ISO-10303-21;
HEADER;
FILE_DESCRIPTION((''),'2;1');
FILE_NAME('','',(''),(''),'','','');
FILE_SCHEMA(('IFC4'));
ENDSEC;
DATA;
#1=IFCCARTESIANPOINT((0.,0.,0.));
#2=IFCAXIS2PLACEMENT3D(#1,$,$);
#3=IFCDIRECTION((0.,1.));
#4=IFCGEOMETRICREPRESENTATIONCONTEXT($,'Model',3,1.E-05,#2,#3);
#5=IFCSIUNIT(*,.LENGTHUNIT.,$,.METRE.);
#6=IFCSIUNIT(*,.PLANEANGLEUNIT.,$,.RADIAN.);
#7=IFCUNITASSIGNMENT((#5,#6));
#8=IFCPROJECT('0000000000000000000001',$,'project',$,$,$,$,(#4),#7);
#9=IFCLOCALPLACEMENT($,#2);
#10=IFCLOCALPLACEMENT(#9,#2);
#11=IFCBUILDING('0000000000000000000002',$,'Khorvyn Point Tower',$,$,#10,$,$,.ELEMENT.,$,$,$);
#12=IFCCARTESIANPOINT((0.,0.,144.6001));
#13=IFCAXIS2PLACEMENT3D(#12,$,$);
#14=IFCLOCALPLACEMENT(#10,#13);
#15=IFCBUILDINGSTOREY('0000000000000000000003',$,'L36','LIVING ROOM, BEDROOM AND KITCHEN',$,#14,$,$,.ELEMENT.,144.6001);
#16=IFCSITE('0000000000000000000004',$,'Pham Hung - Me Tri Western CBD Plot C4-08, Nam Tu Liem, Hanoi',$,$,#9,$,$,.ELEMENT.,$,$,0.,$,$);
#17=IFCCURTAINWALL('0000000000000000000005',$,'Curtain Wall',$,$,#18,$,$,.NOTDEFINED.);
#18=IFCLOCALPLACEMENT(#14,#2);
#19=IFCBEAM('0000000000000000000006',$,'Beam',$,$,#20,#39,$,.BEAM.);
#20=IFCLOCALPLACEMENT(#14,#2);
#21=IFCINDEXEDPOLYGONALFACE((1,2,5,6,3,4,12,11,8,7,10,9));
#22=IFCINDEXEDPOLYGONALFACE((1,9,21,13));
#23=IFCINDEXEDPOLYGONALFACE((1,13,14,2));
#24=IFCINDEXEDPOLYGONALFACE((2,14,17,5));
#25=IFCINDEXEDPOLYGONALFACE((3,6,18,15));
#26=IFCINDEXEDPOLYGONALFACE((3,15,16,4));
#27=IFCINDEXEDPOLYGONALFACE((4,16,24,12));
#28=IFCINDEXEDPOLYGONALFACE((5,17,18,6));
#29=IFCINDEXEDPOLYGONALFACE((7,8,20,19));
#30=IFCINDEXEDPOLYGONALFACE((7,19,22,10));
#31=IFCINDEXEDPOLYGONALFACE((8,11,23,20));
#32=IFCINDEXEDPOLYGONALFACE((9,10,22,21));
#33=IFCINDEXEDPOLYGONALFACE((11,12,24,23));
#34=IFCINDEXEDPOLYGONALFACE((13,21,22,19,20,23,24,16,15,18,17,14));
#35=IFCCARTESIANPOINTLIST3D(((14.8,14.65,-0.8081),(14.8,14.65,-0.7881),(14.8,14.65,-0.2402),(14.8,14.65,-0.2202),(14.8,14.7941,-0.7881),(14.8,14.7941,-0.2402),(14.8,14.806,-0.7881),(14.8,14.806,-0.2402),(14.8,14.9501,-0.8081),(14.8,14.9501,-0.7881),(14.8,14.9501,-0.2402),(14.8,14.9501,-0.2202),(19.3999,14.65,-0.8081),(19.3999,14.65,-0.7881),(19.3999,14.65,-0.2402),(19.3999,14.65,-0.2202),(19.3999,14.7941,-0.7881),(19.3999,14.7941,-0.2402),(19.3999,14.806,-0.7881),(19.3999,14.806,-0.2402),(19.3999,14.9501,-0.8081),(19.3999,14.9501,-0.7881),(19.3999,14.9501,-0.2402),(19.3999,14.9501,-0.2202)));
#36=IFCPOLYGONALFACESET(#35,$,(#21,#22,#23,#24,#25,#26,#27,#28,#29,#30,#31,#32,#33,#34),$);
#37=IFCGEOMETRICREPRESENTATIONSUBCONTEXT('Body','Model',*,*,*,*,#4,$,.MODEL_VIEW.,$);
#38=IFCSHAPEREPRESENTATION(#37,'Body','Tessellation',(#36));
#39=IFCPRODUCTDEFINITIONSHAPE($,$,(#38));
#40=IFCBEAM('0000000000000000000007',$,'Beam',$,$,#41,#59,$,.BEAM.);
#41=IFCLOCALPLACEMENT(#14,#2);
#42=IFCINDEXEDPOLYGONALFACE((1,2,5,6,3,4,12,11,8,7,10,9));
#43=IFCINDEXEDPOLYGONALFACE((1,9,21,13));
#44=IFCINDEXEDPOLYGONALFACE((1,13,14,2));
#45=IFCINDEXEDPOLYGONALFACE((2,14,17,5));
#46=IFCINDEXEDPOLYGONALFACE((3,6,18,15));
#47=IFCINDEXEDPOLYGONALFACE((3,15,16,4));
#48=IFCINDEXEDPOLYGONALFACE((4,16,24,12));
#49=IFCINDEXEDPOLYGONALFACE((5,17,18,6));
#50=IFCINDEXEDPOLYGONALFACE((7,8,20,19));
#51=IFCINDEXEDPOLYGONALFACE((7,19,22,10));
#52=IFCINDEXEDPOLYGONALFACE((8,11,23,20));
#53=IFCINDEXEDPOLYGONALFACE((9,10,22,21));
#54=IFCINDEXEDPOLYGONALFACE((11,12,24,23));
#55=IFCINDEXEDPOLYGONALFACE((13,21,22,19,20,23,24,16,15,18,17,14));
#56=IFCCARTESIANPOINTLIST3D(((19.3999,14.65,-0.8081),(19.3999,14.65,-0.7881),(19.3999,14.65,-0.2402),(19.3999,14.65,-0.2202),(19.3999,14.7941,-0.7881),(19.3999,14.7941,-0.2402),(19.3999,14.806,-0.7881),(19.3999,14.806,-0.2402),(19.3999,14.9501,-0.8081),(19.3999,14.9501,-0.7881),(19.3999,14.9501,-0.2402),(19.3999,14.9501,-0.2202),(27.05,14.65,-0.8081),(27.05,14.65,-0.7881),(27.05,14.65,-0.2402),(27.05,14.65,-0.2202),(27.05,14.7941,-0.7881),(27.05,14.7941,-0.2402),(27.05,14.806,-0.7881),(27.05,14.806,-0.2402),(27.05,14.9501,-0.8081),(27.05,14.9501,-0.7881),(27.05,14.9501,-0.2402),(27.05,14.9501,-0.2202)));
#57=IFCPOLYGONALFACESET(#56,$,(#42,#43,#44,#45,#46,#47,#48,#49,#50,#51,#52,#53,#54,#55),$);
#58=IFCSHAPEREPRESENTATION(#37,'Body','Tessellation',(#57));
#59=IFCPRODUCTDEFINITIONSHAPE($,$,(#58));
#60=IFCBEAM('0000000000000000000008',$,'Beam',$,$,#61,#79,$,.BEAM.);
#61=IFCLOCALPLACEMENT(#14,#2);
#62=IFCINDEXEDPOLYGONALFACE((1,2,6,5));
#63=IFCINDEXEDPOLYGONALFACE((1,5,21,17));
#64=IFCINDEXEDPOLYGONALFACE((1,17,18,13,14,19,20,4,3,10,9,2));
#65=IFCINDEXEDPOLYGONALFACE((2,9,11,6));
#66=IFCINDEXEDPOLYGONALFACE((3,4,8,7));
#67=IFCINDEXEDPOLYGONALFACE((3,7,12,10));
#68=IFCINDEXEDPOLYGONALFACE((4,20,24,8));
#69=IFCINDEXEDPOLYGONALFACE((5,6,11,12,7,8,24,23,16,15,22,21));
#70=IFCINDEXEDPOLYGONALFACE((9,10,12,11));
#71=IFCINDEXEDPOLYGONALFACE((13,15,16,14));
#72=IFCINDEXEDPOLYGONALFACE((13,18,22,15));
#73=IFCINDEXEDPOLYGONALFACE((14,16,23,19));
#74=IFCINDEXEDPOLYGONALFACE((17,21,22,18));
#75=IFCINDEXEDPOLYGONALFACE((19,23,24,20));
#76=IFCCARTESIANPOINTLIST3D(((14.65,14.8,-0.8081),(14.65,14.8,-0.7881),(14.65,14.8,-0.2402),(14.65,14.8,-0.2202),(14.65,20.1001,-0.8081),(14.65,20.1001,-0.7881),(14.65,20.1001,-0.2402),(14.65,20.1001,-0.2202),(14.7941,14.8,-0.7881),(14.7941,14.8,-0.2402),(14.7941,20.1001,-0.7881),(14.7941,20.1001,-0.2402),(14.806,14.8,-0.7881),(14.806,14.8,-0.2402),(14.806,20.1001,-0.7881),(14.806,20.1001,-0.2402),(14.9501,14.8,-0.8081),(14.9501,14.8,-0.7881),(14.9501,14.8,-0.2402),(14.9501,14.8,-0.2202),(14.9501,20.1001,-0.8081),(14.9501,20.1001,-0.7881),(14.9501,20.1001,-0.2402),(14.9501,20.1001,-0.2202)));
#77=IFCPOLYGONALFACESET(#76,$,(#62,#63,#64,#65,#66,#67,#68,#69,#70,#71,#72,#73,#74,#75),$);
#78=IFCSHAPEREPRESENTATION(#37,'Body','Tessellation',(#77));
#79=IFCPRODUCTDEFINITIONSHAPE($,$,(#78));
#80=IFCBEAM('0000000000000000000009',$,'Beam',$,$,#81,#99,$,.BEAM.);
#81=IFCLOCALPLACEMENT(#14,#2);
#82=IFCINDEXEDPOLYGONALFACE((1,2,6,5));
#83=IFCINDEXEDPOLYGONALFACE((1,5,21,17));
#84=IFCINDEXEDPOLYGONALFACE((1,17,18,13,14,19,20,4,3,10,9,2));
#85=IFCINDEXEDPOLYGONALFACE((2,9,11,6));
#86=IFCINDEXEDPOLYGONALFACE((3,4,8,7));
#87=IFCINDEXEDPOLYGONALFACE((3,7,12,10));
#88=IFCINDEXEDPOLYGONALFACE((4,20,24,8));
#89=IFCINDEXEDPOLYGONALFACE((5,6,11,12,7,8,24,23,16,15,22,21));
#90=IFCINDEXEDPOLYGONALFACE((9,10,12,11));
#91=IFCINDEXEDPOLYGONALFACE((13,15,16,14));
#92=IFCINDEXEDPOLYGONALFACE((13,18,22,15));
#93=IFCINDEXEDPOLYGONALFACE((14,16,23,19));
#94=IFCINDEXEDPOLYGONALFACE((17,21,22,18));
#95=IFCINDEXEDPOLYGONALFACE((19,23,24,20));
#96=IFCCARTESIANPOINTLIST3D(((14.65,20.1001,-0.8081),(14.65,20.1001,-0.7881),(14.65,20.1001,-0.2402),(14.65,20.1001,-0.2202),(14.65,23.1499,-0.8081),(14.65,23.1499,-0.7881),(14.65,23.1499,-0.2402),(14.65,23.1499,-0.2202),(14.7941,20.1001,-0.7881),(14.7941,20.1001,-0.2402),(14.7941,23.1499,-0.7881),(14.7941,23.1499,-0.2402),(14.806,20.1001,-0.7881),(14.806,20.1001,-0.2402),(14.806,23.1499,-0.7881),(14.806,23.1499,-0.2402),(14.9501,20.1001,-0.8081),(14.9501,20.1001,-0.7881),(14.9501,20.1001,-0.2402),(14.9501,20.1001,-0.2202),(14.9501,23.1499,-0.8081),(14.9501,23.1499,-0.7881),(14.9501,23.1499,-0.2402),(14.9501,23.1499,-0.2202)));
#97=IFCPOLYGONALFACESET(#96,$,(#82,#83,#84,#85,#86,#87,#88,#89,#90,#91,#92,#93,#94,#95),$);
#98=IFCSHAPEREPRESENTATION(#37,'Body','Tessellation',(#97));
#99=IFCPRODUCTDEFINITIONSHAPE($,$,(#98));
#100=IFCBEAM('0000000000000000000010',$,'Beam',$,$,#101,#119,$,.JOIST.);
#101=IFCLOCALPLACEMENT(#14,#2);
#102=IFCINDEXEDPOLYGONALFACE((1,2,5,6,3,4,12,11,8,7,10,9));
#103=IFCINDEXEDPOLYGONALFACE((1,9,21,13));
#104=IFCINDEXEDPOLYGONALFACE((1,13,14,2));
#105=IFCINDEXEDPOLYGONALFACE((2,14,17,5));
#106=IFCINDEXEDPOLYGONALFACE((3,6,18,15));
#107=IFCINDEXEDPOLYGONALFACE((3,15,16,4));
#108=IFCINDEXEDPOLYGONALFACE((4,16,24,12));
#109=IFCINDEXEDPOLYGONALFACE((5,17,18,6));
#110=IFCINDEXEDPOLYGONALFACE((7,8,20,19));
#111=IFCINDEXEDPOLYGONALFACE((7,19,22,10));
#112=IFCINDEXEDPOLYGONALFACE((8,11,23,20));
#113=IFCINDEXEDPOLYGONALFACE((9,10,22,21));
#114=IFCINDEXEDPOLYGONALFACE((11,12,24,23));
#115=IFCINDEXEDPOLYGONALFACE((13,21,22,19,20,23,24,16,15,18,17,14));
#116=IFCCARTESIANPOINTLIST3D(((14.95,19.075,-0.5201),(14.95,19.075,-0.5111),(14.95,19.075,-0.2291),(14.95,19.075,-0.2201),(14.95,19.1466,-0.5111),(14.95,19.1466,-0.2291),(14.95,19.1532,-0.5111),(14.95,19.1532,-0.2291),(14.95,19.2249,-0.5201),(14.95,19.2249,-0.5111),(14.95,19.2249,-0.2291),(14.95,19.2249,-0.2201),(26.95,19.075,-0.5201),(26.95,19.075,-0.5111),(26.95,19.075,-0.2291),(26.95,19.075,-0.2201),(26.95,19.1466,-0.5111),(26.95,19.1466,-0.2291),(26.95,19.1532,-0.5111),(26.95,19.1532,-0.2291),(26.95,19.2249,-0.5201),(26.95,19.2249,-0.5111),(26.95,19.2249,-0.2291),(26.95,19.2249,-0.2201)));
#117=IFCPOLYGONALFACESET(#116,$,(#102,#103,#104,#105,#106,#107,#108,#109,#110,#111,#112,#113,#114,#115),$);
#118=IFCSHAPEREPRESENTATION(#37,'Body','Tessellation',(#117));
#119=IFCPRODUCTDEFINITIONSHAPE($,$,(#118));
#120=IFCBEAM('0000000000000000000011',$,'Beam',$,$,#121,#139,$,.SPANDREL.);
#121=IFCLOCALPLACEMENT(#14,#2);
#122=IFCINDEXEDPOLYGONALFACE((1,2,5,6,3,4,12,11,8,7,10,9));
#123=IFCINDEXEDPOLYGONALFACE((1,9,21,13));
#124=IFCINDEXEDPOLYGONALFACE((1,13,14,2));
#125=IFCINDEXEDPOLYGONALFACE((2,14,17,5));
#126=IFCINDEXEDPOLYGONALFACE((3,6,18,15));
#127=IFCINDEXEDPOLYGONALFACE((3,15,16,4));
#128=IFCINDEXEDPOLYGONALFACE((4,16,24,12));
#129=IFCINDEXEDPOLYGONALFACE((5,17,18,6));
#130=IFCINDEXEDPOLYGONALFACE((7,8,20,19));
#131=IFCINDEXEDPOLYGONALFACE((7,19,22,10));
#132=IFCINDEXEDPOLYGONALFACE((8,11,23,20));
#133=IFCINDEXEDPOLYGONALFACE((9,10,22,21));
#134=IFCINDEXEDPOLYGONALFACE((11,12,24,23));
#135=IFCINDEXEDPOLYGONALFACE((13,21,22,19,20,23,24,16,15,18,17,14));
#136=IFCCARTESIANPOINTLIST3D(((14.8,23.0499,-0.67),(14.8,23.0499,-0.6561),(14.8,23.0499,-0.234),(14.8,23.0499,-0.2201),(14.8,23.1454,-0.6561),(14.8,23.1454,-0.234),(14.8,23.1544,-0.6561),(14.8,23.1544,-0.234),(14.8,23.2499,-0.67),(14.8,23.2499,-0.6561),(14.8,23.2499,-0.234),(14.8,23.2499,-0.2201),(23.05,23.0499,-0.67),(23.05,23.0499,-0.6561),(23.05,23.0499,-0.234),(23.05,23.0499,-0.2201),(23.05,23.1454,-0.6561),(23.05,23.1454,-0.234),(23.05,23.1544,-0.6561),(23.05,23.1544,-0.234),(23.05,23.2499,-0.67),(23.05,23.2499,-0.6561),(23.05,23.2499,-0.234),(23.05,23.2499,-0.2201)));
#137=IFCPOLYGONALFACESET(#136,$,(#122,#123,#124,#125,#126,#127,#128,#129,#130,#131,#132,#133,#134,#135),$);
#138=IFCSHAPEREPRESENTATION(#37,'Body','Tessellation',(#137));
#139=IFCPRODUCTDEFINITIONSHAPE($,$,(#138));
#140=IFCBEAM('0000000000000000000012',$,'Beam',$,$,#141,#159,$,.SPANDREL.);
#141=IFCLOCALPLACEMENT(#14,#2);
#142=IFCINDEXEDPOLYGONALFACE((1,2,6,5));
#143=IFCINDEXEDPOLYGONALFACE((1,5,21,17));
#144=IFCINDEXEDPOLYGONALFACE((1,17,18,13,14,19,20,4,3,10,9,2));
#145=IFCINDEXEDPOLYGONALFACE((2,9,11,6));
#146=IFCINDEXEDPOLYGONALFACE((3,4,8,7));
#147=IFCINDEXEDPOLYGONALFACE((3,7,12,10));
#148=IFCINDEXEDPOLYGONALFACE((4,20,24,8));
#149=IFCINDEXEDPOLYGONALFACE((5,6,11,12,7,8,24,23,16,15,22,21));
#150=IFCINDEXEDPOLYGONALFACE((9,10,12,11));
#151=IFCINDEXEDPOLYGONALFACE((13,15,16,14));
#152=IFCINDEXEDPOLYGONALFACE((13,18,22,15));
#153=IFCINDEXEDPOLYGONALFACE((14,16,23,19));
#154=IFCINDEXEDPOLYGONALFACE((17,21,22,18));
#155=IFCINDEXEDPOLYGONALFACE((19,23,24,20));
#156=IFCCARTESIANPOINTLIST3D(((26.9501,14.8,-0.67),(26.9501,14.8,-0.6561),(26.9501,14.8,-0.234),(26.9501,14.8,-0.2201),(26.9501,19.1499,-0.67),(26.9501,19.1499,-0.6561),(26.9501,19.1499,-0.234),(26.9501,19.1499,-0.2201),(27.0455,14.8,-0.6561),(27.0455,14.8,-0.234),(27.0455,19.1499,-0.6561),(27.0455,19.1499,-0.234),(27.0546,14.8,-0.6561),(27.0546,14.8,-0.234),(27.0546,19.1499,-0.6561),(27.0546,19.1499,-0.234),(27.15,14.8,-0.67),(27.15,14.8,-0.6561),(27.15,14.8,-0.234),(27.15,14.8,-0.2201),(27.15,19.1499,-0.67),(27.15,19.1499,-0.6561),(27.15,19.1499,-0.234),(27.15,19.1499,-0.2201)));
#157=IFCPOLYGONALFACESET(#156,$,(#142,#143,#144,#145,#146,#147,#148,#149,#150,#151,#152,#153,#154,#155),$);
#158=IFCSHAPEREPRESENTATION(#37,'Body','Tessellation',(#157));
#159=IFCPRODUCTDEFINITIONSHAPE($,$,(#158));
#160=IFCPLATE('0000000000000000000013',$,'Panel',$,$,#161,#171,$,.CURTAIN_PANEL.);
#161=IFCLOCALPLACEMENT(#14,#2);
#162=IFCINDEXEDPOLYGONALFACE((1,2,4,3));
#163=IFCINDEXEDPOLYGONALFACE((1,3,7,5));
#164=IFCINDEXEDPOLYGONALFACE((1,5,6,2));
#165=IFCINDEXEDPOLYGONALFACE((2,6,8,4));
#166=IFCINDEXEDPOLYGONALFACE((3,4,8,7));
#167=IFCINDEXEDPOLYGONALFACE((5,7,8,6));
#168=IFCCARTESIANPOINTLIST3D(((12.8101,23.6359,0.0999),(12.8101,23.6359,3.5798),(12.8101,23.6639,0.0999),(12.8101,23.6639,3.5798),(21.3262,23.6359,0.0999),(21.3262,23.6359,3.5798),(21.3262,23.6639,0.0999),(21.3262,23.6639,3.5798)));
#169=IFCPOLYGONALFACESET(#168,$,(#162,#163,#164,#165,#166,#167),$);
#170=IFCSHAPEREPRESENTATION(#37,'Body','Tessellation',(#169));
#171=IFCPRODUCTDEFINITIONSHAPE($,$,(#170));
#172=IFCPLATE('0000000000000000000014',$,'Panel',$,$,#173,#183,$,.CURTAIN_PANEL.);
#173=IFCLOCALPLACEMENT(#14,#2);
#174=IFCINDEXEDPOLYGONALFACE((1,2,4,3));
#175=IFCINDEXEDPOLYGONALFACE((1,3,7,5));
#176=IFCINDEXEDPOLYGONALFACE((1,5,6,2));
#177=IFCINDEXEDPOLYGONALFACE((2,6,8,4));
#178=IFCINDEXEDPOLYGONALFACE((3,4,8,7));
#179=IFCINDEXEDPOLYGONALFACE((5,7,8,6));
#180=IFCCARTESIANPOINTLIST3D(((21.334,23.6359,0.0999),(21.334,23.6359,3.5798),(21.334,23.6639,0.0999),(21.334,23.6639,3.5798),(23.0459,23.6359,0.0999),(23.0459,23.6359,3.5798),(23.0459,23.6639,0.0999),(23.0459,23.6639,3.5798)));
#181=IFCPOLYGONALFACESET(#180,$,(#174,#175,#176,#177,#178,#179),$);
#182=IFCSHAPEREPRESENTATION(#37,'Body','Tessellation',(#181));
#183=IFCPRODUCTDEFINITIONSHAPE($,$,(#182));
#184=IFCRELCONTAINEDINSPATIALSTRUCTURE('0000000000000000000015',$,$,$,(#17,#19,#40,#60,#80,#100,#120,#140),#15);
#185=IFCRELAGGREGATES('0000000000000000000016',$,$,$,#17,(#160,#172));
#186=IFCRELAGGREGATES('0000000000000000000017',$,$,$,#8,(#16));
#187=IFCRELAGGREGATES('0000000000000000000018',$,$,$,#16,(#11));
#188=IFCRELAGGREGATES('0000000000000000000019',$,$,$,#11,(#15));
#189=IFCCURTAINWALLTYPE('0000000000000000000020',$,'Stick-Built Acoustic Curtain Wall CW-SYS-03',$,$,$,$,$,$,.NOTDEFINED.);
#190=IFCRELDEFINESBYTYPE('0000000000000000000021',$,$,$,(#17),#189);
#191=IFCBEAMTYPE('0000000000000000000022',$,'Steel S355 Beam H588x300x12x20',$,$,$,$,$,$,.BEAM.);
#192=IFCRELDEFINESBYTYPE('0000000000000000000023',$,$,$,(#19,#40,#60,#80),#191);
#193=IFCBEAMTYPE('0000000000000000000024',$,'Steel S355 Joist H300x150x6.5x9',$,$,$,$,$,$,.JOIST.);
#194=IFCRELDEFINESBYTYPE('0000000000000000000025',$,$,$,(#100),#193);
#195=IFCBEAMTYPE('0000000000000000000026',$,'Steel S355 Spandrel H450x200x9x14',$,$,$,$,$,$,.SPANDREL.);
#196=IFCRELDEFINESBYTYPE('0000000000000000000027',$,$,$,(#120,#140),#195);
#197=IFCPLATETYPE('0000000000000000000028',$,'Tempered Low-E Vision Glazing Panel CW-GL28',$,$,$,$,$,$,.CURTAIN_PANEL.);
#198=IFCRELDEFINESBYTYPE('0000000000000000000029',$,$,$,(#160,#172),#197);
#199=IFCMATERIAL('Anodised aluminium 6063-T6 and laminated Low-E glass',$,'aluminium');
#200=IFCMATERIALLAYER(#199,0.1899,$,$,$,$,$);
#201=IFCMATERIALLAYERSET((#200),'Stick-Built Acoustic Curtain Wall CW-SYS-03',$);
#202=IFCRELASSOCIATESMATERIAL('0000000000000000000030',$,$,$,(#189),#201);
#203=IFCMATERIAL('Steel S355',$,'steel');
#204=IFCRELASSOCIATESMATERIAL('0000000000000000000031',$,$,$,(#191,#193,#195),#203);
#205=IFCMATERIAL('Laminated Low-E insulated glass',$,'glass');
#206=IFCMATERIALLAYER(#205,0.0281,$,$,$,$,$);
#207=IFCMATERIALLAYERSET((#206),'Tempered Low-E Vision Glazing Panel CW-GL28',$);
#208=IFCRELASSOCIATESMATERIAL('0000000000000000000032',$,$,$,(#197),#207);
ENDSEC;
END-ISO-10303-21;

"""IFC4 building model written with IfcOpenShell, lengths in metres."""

from ifc_helpers import new_model, si_unit, direction, frame, origin, origin_2d, place, context, subcontext, project, spatial, rectangle, i_section, extrude, material, layer, layer_set, material_profile, profile_set, type_object, element, aggregate, save


model = new_model("IFC4")

# Units and contexts
model_context = context("Model", 3, precision=1e-05, world=origin(), true_north=direction((0.0, 1.0)))
body_context = subcontext(model_context, "Body", "Model", "MODEL_VIEW")
ifc_project = project(units=[si_unit("LENGTHUNIT", "METRE"), si_unit("PLANEANGLEUNIT", "RADIAN")], contexts=[model_context])

# Site, building, storey
site_placement = place(None, origin())
site = spatial("IfcSite", under=ifc_project, at=site_placement, Name="Pham Hung - Me Tri Western CBD Plot C4-08, Nam Tu Liem, Hanoi", CompositionType="ELEMENT", RefElevation=0.0)
building_placement = place(site_placement, origin())
building = spatial("IfcBuilding", under=site, at=building_placement, Name="Khorvyn Point Tower", CompositionType="ELEMENT")
storey_placement = place(building_placement, frame((0.0, 0.0, 144.6001)))
storey = spatial("IfcBuildingStorey", under=building, at=storey_placement, Name="L36", Description="LIVING ROOM, BEDROOM AND KITCHEN", CompositionType="ELEMENT", Elevation=144.6001)

# Curtain wall
ifc_material_1 = material(Name="Anodised aluminium 6063-T6 and laminated Low-E glass", Category="aluminium")
ifc_layer_1 = layer(ifc_material_1, 0.1899)
ifc_layer_set_1 = layer_set([ifc_layer_1], Name="Stick-Built Acoustic Curtain Wall CW-SYS-03")
curtain_wall_type = type_object("IfcCurtainWallType", Name="Stick-Built Acoustic Curtain Wall CW-SYS-03", PredefinedType="NOTDEFINED", material=ifc_layer_set_1)
curtain_wall_1_placement = place(storey_placement, origin())
curtain_wall_1 = element("IfcCurtainWall", 1, at=curtain_wall_1_placement, inside=storey, type_object=curtain_wall_type, Name="Curtain Wall", PredefinedType="NOTDEFINED")

# Beams
ifc_material_2 = material(Name="Steel S355", Category="steel")
ifc_material_profile_1 = material_profile(ifc_material_2, i_section(OverallWidth=0.3, OverallDepth=0.5879, WebThickness=0.012, FlangeThickness=0.02, at=origin_2d()))
ifc_profile_set_1 = profile_set([ifc_material_profile_1], Name="Steel S355 H588x300x12x20")
beam_type_1 = type_object("IfcBeamType", Name="Steel S355 Beam H588x300x12x20", PredefinedType="BEAM", material=ifc_profile_set_1)
beam_1_placement = place(storey_placement, frame((14.8, 14.8, -0.5142), z_axis=(1.0, 0.0, 0.0), x_axis=(0.0, 1.0, 0.0)))
element("IfcBeam", 2, at=beam_1_placement, inside=storey, type_object=beam_type_1, Name="Beam", PredefinedType="BEAM", context=body_context, shape_type="SweptSolid", body=[
    extrude(i_section(OverallWidth=0.3, OverallDepth=0.5879, WebThickness=0.012, FlangeThickness=0.02, at=origin_2d()), origin(), (0.0, 0.0, 1.0), 4.5999),
])
beam_2_placement = place(storey_placement, frame((19.3999, 14.8, -0.5142), z_axis=(1.0, 0.0, 0.0), x_axis=(0.0, 1.0, 0.0)))
element("IfcBeam", 3, at=beam_2_placement, inside=storey, type_object=beam_type_1, Name="Beam", PredefinedType="BEAM", context=body_context, shape_type="SweptSolid", body=[
    extrude(i_section(OverallWidth=0.3, OverallDepth=0.5879, WebThickness=0.012, FlangeThickness=0.02, at=origin_2d()), origin(), (0.0, 0.0, 1.0), 7.6501),
])
beam_3_placement = place(storey_placement, frame((14.8, 14.8, -0.5142), z_axis=(0.0, 1.0, 0.0), x_axis=(-1.0, 0.0, 0.0)))
element("IfcBeam", 4, at=beam_3_placement, inside=storey, type_object=beam_type_1, Name="Beam", PredefinedType="BEAM", context=body_context, shape_type="SweptSolid", body=[
    extrude(i_section(OverallWidth=0.3, OverallDepth=0.5879, WebThickness=0.012, FlangeThickness=0.02, at=origin_2d()), origin(), (0.0, 0.0, 1.0), 5.3),
])
beam_4_placement = place(storey_placement, frame((14.8, 20.1001, -0.5142), z_axis=(0.0, 1.0, 0.0), x_axis=(-1.0, 0.0, 0.0)))
element("IfcBeam", 5, at=beam_4_placement, inside=storey, type_object=beam_type_1, Name="Beam", PredefinedType="BEAM", context=body_context, shape_type="SweptSolid", body=[
    extrude(i_section(OverallWidth=0.3, OverallDepth=0.5879, WebThickness=0.012, FlangeThickness=0.02, at=origin_2d()), origin(), (0.0, 0.0, 1.0), 3.0498),
])
ifc_material_profile_2 = material_profile(ifc_material_2, i_section(OverallWidth=0.1499, OverallDepth=0.3, WebThickness=0.0066, FlangeThickness=0.009, at=origin_2d()))
ifc_profile_set_2 = profile_set([ifc_material_profile_2], Name="Steel S355 H300x150x6.5x9")
beam_type_2 = type_object("IfcBeamType", Name="Steel S355 Joist H300x150x6.5x9", PredefinedType="JOIST", material=ifc_profile_set_2)
beam_5_placement = place(storey_placement, frame((14.95, 19.1499, -0.3701), z_axis=(1.0, 0.0, 0.0), x_axis=(0.0, 1.0, 0.0)))
element("IfcBeam", 6, at=beam_5_placement, inside=storey, type_object=beam_type_2, Name="Beam", PredefinedType="JOIST", context=body_context, shape_type="SweptSolid", body=[
    extrude(i_section(OverallWidth=0.1499, OverallDepth=0.3, WebThickness=0.0066, FlangeThickness=0.009, at=origin_2d()), origin(), (0.0, 0.0, 1.0), 12.0),
])
ifc_material_profile_3 = material_profile(ifc_material_2, i_section(OverallWidth=0.2, OverallDepth=0.45, WebThickness=0.009, FlangeThickness=0.0139, at=origin_2d()))
ifc_profile_set_3 = profile_set([ifc_material_profile_3], Name="Steel S355 H450x200x9x14")
beam_type_3 = type_object("IfcBeamType", Name="Steel S355 Spandrel H450x200x9x14", PredefinedType="SPANDREL", material=ifc_profile_set_3)
beam_6_placement = place(storey_placement, frame((14.8, 23.1499, -0.4451), z_axis=(1.0, 0.0, 0.0), x_axis=(0.0, 1.0, 0.0)))
element("IfcBeam", 7, at=beam_6_placement, inside=storey, type_object=beam_type_3, Name="Beam", PredefinedType="SPANDREL", context=body_context, shape_type="SweptSolid", body=[
    extrude(i_section(OverallWidth=0.2, OverallDepth=0.45, WebThickness=0.009, FlangeThickness=0.0139, at=origin_2d()), origin(), (0.0, 0.0, 1.0), 8.25),
])
beam_7_placement = place(storey_placement, frame((27.05, 14.8, -0.4451), z_axis=(0.0, 1.0, 0.0), x_axis=(-1.0, 0.0, 0.0)))
element("IfcBeam", 8, at=beam_7_placement, inside=storey, type_object=beam_type_3, Name="Beam", PredefinedType="SPANDREL", context=body_context, shape_type="SweptSolid", body=[
    extrude(i_section(OverallWidth=0.2, OverallDepth=0.45, WebThickness=0.009, FlangeThickness=0.0139, at=origin_2d()), origin(), (0.0, 0.0, 1.0), 4.3499),
])

# Plates
ifc_material_3 = material(Name="Laminated Low-E insulated glass", Category="glass")
ifc_layer_2 = layer(ifc_material_3, 0.0281)
ifc_layer_set_2 = layer_set([ifc_layer_2], Name="Tempered Low-E Vision Glazing Panel CW-GL28")
plate_type = type_object("IfcPlateType", Name="Tempered Low-E Vision Glazing Panel CW-GL28", PredefinedType="CURTAIN_PANEL", material=ifc_layer_set_2)
plate_1_placement = place(storey_placement, frame((17.0681, 23.6499, 0.0999), z_axis=(0.0, 0.0, 1.0), x_axis=(1.0, 0.0, 0.0)))
plate_1 = element("IfcPlate", 9, at=plate_1_placement, type_object=plate_type, Name="Panel", PredefinedType="CURTAIN_PANEL", context=body_context, shape_type="SweptSolid", body=[
    extrude(rectangle(XDim=8.5161, YDim=0.0281, at=origin_2d()), origin(), (0.0, 0.0, 1.0), 3.48),
])
plate_2_placement = place(storey_placement, frame((22.1899, 23.6499, 0.0999), z_axis=(0.0, 0.0, 1.0), x_axis=(1.0, 0.0, 0.0)))
plate_2 = element("IfcPlate", 10, at=plate_2_placement, type_object=plate_type, Name="Panel", PredefinedType="CURTAIN_PANEL", context=body_context, shape_type="SweptSolid", body=[
    extrude(rectangle(XDim=1.7119, YDim=0.0281, at=origin_2d()), origin(), (0.0, 0.0, 1.0), 3.48),
])
aggregate(curtain_wall_1, [plate_1, plate_2])

save(model, "model.ifc")
